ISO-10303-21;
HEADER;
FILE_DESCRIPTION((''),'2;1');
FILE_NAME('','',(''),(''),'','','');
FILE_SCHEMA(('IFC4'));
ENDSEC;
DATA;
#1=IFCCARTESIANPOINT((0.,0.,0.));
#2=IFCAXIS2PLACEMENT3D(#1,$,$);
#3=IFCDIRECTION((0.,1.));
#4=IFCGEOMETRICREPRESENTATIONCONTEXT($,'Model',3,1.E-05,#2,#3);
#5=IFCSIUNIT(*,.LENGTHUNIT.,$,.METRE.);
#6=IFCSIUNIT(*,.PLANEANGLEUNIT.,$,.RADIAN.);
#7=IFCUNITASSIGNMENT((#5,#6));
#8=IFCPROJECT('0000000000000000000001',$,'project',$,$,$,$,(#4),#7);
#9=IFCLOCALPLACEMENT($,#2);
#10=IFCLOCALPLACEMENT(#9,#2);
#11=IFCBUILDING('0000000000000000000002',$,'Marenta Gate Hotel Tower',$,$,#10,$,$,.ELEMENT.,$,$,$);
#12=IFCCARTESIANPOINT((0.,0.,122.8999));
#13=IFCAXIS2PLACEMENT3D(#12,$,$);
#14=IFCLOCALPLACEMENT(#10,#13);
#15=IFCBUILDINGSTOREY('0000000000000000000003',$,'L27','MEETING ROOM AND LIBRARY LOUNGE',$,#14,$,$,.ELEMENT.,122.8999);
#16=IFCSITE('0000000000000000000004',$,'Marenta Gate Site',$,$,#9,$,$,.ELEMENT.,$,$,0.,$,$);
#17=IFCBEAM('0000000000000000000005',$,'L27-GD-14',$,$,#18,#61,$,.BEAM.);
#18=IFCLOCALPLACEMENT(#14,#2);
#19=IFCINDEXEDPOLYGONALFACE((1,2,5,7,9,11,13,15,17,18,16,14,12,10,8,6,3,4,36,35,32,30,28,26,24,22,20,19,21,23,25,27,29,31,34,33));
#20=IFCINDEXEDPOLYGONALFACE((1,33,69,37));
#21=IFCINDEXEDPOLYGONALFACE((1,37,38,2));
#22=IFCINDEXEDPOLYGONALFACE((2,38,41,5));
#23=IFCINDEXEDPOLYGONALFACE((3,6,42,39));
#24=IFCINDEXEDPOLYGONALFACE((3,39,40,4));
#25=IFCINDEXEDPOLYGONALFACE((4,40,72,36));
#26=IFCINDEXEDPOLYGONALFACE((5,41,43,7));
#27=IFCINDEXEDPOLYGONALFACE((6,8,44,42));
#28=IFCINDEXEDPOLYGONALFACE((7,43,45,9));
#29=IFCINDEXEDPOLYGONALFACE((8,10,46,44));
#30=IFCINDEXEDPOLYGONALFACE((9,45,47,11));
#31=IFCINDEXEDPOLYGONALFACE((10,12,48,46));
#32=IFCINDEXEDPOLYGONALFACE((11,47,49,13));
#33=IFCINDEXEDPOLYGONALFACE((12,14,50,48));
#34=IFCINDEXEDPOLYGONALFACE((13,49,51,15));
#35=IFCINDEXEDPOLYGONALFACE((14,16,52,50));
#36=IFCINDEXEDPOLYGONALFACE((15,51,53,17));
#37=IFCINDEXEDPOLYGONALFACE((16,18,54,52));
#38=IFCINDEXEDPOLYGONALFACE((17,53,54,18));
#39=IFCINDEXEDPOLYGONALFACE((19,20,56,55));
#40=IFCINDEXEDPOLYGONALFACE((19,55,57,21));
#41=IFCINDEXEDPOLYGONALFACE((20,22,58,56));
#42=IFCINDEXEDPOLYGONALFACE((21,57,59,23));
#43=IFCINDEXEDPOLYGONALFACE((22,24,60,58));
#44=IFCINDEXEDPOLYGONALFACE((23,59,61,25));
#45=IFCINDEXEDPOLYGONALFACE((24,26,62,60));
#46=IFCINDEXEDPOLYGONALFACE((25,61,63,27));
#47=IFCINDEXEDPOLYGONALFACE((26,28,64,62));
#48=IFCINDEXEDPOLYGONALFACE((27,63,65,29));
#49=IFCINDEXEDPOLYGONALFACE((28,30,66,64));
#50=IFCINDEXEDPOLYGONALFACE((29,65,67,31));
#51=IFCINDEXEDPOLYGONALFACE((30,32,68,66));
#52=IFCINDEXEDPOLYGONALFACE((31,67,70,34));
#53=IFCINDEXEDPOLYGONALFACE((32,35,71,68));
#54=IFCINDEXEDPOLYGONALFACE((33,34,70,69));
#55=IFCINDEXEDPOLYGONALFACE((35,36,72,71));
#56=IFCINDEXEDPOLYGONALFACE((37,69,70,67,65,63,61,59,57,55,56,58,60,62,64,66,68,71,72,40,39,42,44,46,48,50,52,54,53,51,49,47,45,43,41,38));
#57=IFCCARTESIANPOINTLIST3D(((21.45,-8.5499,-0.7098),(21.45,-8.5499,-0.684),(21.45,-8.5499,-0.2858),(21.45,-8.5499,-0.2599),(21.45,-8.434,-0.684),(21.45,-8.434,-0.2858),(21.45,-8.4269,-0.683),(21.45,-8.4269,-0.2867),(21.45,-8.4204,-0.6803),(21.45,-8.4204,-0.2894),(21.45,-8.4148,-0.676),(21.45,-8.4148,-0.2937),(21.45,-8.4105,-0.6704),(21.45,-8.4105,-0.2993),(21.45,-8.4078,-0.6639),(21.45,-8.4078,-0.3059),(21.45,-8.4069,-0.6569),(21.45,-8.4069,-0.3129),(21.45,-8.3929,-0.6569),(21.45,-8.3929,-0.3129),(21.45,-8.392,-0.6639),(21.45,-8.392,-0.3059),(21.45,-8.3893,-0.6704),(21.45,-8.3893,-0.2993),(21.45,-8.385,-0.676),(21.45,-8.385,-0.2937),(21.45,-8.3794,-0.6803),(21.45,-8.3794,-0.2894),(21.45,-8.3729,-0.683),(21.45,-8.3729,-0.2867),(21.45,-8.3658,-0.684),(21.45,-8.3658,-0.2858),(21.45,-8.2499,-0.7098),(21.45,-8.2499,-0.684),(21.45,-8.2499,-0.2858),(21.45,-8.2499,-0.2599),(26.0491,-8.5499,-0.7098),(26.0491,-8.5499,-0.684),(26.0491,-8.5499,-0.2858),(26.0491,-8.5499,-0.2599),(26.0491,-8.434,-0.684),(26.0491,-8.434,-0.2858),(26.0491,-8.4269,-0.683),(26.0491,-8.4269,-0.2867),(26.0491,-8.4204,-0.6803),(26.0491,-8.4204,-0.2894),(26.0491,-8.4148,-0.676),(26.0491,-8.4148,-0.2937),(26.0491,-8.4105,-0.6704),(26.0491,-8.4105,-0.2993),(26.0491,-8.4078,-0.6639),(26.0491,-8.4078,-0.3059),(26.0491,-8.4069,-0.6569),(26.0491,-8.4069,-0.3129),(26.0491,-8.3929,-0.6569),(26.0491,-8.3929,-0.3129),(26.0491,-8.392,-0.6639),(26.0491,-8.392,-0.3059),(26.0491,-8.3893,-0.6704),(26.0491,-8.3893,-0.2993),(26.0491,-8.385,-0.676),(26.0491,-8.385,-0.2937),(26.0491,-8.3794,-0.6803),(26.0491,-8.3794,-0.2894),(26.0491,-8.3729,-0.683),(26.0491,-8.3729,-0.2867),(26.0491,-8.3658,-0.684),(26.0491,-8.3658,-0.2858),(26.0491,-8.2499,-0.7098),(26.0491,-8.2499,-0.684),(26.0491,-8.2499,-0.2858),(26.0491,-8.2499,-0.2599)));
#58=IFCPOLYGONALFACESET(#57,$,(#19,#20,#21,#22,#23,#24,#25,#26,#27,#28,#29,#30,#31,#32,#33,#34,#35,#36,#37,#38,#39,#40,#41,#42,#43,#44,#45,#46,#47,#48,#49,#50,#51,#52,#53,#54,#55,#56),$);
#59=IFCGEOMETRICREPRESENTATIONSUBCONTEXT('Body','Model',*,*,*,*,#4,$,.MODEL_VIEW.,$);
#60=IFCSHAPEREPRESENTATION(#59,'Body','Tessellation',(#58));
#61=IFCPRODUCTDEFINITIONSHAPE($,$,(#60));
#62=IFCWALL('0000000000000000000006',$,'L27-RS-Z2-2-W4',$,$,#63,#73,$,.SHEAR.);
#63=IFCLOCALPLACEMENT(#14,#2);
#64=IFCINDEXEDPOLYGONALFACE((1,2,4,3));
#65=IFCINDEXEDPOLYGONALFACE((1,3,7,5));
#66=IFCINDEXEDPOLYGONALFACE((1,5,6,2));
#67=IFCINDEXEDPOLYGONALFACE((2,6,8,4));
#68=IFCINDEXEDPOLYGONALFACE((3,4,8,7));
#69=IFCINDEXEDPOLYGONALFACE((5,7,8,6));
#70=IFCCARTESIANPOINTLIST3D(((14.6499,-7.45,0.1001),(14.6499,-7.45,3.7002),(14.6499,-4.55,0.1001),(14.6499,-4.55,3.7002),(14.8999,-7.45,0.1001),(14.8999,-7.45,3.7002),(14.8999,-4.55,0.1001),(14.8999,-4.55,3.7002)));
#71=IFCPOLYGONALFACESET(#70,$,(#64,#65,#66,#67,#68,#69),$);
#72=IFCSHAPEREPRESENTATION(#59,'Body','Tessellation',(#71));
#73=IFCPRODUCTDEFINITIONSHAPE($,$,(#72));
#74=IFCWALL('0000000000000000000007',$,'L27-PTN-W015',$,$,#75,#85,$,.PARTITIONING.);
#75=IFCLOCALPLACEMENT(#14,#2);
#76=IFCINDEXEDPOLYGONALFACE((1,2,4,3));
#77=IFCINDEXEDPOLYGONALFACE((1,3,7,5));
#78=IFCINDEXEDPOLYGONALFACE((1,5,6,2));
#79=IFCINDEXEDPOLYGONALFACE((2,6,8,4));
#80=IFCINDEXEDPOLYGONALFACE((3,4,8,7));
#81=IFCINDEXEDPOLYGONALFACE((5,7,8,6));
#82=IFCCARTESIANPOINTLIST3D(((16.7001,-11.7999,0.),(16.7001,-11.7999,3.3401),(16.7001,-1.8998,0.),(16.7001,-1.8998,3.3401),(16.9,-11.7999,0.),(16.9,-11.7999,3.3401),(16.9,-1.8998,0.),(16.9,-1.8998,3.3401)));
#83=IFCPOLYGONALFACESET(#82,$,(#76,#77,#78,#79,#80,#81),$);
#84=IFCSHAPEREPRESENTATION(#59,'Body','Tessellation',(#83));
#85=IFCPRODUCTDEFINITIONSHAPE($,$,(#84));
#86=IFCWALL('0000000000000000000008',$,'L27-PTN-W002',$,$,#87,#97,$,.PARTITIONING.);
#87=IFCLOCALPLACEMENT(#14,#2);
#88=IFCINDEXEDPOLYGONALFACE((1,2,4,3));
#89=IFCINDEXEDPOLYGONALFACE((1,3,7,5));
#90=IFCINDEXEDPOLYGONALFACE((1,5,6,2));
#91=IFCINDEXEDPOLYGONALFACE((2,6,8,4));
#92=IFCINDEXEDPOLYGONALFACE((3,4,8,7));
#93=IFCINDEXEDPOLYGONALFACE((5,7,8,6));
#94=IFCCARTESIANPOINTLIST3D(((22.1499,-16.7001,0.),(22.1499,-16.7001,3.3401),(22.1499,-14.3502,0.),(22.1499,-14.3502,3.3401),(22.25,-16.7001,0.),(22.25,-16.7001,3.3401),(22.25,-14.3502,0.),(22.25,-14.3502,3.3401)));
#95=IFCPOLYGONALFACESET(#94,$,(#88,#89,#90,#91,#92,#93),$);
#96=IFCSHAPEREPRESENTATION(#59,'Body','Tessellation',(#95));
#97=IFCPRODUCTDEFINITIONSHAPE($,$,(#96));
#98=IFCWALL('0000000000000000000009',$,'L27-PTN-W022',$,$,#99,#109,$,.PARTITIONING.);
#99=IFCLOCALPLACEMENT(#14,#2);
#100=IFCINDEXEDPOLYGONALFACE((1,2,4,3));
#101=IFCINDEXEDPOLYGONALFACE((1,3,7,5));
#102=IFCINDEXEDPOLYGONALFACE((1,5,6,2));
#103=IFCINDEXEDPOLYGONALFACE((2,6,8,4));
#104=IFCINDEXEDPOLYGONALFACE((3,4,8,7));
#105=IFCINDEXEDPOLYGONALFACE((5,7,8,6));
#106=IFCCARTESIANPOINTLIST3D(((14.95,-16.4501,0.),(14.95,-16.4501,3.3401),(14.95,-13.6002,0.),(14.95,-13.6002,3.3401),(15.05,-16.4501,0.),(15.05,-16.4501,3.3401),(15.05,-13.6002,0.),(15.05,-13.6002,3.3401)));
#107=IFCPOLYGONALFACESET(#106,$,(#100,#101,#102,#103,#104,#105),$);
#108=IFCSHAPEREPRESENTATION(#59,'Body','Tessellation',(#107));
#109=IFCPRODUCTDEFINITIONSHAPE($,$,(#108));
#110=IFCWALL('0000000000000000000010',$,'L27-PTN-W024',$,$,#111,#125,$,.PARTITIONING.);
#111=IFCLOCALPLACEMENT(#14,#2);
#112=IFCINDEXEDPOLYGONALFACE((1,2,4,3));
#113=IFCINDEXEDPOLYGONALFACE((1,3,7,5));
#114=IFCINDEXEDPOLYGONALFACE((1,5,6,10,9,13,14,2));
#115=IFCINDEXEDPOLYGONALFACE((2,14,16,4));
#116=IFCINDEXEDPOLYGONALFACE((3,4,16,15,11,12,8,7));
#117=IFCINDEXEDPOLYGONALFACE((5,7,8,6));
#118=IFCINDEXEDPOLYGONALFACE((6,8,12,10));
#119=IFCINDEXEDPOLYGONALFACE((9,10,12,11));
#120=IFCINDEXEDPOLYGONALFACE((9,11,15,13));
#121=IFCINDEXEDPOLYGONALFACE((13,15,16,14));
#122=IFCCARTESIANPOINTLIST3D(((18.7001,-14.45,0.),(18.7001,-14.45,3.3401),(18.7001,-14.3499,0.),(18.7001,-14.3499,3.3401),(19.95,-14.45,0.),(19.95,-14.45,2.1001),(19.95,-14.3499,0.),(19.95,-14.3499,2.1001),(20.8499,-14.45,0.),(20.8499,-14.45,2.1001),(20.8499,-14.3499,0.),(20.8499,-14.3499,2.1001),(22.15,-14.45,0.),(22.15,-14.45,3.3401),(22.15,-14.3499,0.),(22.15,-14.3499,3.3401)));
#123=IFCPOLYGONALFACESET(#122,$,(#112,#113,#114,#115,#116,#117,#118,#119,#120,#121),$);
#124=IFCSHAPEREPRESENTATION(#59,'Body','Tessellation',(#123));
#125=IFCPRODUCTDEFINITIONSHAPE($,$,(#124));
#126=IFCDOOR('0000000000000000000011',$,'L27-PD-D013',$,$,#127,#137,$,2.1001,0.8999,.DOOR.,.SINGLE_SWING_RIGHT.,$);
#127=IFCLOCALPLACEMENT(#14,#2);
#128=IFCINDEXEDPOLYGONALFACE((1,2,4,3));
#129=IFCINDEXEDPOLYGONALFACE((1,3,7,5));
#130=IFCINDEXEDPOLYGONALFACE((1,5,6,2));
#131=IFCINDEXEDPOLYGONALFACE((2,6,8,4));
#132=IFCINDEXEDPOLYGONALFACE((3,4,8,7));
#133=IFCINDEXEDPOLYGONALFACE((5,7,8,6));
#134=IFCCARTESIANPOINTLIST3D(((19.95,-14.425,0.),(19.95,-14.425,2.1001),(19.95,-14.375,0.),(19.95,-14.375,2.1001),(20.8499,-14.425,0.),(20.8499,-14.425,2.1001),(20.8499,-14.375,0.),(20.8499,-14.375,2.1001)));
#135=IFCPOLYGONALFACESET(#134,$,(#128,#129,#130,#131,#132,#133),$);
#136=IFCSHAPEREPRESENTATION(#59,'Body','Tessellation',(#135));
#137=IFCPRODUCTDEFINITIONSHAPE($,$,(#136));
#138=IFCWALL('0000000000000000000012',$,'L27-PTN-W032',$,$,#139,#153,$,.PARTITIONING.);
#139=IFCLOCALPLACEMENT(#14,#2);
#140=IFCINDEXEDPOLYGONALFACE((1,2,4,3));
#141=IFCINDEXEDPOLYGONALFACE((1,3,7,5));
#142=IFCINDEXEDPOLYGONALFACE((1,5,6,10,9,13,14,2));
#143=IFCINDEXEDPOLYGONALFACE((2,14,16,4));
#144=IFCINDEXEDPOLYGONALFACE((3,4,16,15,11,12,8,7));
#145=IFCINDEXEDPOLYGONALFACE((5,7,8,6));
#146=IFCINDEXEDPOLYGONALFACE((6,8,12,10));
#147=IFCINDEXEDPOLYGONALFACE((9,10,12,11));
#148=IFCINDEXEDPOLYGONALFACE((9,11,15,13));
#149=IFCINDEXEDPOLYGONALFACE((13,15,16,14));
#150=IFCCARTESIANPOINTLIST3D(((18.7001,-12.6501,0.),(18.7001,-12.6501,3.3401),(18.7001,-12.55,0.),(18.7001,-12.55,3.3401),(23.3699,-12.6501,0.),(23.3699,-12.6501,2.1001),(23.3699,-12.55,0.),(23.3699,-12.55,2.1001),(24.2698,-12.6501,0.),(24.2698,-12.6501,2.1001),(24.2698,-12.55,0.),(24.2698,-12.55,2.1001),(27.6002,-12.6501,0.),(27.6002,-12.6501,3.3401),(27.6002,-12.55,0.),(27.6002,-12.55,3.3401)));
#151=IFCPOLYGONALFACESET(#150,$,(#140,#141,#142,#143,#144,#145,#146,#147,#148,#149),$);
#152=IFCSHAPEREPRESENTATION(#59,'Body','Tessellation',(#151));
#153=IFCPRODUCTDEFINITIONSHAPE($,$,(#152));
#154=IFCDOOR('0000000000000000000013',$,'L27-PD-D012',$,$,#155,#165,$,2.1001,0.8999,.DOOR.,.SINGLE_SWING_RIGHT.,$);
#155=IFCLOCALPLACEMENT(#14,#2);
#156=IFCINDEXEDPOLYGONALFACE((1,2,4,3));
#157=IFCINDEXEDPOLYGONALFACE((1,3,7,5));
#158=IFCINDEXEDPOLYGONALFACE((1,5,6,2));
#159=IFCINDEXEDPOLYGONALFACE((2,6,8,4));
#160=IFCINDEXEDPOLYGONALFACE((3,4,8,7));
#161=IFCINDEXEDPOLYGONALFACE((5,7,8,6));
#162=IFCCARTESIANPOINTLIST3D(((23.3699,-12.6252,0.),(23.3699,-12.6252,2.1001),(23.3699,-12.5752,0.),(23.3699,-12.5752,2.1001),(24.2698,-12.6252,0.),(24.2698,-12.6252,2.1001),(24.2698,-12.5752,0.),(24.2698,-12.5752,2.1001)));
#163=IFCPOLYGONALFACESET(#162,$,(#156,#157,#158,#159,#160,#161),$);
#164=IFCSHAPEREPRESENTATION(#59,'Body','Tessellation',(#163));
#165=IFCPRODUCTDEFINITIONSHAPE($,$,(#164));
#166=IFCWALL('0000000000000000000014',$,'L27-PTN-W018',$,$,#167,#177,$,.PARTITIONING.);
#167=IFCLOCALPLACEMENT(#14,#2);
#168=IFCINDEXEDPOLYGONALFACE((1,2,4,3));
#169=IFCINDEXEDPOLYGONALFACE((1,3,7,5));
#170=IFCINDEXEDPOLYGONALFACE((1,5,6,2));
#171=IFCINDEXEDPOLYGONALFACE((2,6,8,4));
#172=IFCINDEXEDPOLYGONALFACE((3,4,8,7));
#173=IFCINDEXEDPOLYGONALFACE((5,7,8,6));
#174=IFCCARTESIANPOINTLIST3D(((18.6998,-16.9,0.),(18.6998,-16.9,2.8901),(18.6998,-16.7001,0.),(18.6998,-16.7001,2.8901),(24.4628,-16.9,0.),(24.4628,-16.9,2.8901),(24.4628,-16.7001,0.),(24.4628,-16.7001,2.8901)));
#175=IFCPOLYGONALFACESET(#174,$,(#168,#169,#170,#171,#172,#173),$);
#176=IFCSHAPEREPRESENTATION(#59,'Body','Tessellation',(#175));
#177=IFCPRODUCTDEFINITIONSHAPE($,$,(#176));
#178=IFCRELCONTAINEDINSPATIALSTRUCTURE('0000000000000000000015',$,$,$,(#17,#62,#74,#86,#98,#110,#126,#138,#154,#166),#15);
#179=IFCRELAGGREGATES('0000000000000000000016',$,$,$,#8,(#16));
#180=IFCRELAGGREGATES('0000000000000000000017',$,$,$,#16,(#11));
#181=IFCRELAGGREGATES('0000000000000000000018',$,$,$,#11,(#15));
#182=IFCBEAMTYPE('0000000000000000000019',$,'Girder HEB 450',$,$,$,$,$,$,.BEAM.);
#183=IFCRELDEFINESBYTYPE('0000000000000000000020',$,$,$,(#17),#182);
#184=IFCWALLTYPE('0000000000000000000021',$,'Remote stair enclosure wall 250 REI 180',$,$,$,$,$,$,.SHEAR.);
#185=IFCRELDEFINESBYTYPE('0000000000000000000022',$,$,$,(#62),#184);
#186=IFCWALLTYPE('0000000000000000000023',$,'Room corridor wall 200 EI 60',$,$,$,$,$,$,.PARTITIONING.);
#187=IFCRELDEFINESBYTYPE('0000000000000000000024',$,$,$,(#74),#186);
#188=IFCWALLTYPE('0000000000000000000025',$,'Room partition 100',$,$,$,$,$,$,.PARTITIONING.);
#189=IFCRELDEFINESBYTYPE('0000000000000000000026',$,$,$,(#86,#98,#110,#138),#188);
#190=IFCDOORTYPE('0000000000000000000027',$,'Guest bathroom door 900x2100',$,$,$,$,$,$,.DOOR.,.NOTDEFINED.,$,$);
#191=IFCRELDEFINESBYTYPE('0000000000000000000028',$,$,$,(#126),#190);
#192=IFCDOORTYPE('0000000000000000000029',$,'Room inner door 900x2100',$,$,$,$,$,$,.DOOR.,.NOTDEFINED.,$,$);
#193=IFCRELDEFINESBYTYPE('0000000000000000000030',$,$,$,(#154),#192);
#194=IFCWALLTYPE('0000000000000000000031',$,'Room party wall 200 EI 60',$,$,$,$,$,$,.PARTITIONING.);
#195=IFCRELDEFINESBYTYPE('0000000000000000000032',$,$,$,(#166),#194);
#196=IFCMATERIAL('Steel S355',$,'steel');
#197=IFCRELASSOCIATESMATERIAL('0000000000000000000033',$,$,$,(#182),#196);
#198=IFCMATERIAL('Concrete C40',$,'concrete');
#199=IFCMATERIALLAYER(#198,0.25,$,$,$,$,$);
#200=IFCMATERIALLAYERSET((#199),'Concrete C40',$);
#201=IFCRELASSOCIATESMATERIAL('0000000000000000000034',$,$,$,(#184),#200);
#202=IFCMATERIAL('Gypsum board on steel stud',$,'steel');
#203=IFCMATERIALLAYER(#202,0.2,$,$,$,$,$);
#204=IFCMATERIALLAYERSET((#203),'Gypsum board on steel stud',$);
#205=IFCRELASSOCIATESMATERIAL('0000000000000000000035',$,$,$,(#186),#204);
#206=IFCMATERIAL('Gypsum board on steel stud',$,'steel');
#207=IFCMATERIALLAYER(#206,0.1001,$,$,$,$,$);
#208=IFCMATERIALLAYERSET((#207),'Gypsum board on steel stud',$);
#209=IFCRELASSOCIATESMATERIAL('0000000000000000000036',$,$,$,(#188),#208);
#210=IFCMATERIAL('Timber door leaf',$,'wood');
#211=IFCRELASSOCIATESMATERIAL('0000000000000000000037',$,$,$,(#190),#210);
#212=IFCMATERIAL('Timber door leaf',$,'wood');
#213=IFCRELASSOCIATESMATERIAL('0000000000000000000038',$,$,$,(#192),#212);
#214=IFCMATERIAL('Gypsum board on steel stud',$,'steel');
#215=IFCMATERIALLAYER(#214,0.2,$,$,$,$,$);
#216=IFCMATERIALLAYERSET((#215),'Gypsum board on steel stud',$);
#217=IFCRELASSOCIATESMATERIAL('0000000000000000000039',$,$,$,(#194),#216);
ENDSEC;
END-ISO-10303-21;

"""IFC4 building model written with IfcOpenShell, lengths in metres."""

from ifc_helpers import new_model, si_unit, direction, frame, frame_2d, origin, origin_2d, place, context, subcontext, project, spatial, rectangle, i_section, extrude, material, layer, layer_set, material_profile, profile_set, type_object, element, fill, save


model = new_model("IFC4")

# Units and contexts
model_context = context("Model", 3, precision=1e-05, world=origin(), true_north=direction((0.0, 1.0)))
body_context = subcontext(model_context, "Body", "Model", "MODEL_VIEW")
ifc_project = project(units=[si_unit("LENGTHUNIT", "METRE"), si_unit("PLANEANGLEUNIT", "RADIAN")], contexts=[model_context])

# Site, building, storey
site_placement = place(None, origin())
site = spatial("IfcSite", under=ifc_project, at=site_placement, Name="Marenta Gate Site", CompositionType="ELEMENT", RefElevation=0.0)
building_placement = place(site_placement, origin())
building = spatial("IfcBuilding", under=site, at=building_placement, Name="Marenta Gate Hotel Tower", CompositionType="ELEMENT")
storey_placement = place(building_placement, frame((0.0, 0.0, 122.8999)))
storey = spatial("IfcBuildingStorey", under=building, at=storey_placement, Name="L27", Description="MEETING ROOM AND LIBRARY LOUNGE", CompositionType="ELEMENT", Elevation=122.8999)

# Beam
ifc_material_1 = material(Name="Steel S355", Category="steel")
ifc_material_profile_1 = material_profile(ifc_material_1, i_section(OverallWidth=0.3, OverallDepth=0.45, WebThickness=0.0139, FlangeThickness=0.0259, FilletRadius=0.0271, at=origin_2d()), Name="HEB 450")
ifc_profile_set_1 = profile_set([ifc_material_profile_1], Name="Steel S355")
beam_type_1 = type_object("IfcBeamType", Name="Girder HEB 450", PredefinedType="BEAM", material=ifc_profile_set_1)
beam_1_placement = place(storey_placement, frame((21.45, -8.3999, -0.4849), z_axis=(1.0, 0.0, 0.0), x_axis=(0.0, 1.0, 0.0)))
element("IfcBeam", 1, at=beam_1_placement, inside=storey, type_object=beam_type_1, Name="L27-GD-14", PredefinedType="BEAM", context=body_context, shape_type="SweptSolid", body=[
    extrude(i_section(OverallWidth=0.3, OverallDepth=0.45, WebThickness=0.0139, FlangeThickness=0.0259, FilletRadius=0.0271, at=origin_2d()), origin(), (0.0, 0.0, 1.0), 4.5991),
])

# Walls
ifc_material_2 = material(Name="Concrete C40", Category="concrete")
ifc_layer_1 = layer(ifc_material_2, 0.25)
ifc_layer_set_1 = layer_set([ifc_layer_1], Name="Concrete C40")
wall_type_1 = type_object("IfcWallType", Name="Remote stair enclosure wall 250 REI 180", PredefinedType="SHEAR", material=ifc_layer_set_1)
wall_1_placement = place(storey_placement, frame((14.7749, -7.45, 0.1001), z_axis=(0.0, 0.0, 1.0), x_axis=(0.0, 1.0, 0.0)))
element("IfcWall", 2, at=wall_1_placement, inside=storey, type_object=wall_type_1, Name="L27-RS-Z2-2-W4", PredefinedType="SHEAR", context=body_context, shape_type="SweptSolid", body=[
    extrude(rectangle(XDim=2.8999, YDim=0.25, at=frame_2d((1.45, 0.0))), origin(), (0.0, 0.0, 1.0), 3.6001),
])
ifc_material_3 = material(Name="Gypsum board on steel stud", Category="steel")
ifc_layer_2 = layer(ifc_material_3, 0.2)
ifc_layer_set_2 = layer_set([ifc_layer_2], Name="Gypsum board on steel stud")
wall_type_2 = type_object("IfcWallType", Name="Room corridor wall 200 EI 60", PredefinedType="PARTITIONING", material=ifc_layer_set_2)
wall_2_placement = place(storey_placement, frame((16.8, -11.8, 0.0), z_axis=(0.0, 0.0, 1.0), x_axis=(0.0, 1.0, 0.0)))
element("IfcWall", 3, at=wall_2_placement, inside=storey, type_object=wall_type_2, Name="L27-PTN-W015", PredefinedType="PARTITIONING", context=body_context, shape_type="SweptSolid", body=[
    extrude(rectangle(XDim=9.9001, YDim=0.2, at=frame_2d((4.9502, 0.0))), origin(), (0.0, 0.0, 1.0), 3.3401),
])
ifc_material_4 = material(Name="Gypsum board on steel stud", Category="steel")
ifc_layer_3 = layer(ifc_material_4, 0.1001)
ifc_layer_set_3 = layer_set([ifc_layer_3], Name="Gypsum board on steel stud")
wall_type_3 = type_object("IfcWallType", Name="Room partition 100", PredefinedType="PARTITIONING", material=ifc_layer_set_3)
wall_3_placement = place(storey_placement, frame((22.2, -16.7, 0.0), z_axis=(0.0, 0.0, 1.0), x_axis=(0.0, 1.0, 0.0)))
element("IfcWall", 4, at=wall_3_placement, inside=storey, type_object=wall_type_3, Name="L27-PTN-W002", PredefinedType="PARTITIONING", context=body_context, shape_type="SweptSolid", body=[
    extrude(rectangle(XDim=2.3499, YDim=0.1001, at=frame_2d((1.1748, 0.0))), origin(), (0.0, 0.0, 1.0), 3.3401),
])
wall_4_placement = place(storey_placement, frame((15.0, -16.45, 0.0), z_axis=(0.0, 0.0, 1.0), x_axis=(0.0, 1.0, 0.0)))
element("IfcWall", 5, at=wall_4_placement, inside=storey, type_object=wall_type_3, Name="L27-PTN-W022", PredefinedType="PARTITIONING", context=body_context, shape_type="SweptSolid", body=[
    extrude(rectangle(XDim=2.8499, YDim=0.1001, at=frame_2d((1.4248, 0.0))), origin(), (0.0, 0.0, 1.0), 3.3401),
])

# Walls, openings, doors
wall_5_placement = place(storey_placement, frame((18.7, -14.3999, 0.0), z_axis=(0.0, 0.0, 1.0), x_axis=(1.0, 0.0, 0.0)))
wall_5 = element("IfcWall", 6, at=wall_5_placement, inside=storey, type_object=wall_type_3, Name="L27-PTN-W024", PredefinedType="PARTITIONING", context=body_context, shape_type="SweptSolid", body=[
    extrude(rectangle(XDim=3.45, YDim=0.1001, at=frame_2d((1.7251, 0.0))), origin(), (0.0, 0.0, 1.0), 3.3401),
])
opening_1_placement = place(wall_5_placement, frame((1.25, 0.0, 0.0)))
opening_1 = element("IfcOpeningElement", 7, at=opening_1_placement, cuts=wall_5, PredefinedType="OPENING", context=body_context, shape_type="SweptSolid", body=[
    extrude(rectangle(XDim=0.8999, YDim=2.1001, at=frame_2d((0.45, 1.05))), frame((0.0, 0.05, 0.0), z_axis=(0.0, -1.0, 0.0), x_axis=(1.0, 0.0, 0.0)), (0.0, 0.0, 1.0), 0.1001),
])
ifc_material_5 = material(Name="Timber door leaf", Category="wood")
door_type_1 = type_object("IfcDoorType", Name="Guest bathroom door 900x2100", OperationType="NOTDEFINED", PredefinedType="DOOR", material=ifc_material_5)
door_1_placement = place(opening_1_placement, origin())
door_1 = element("IfcDoor", 8, at=door_1_placement, inside=storey, type_object=door_type_1, Name="L27-PD-D013", OperationType="SINGLE_SWING_RIGHT", OverallHeight=2.1001, OverallWidth=0.8999, PredefinedType="DOOR", context=body_context, shape_type="SweptSolid", body=[
    extrude(rectangle(XDim=0.8999, YDim=2.1001, at=frame_2d((0.45, 1.05))), frame((0.0, 0.0249, 0.0), z_axis=(0.0, -1.0, 0.0), x_axis=(1.0, 0.0, 0.0)), (0.0, 0.0, 1.0), 0.05),
])
fill(opening_1, door_1)
wall_6_placement = place(storey_placement, frame((18.7, -12.6001, 0.0), z_axis=(0.0, 0.0, 1.0), x_axis=(1.0, 0.0, 0.0)))
wall_6 = element("IfcWall", 9, at=wall_6_placement, inside=storey, type_object=wall_type_3, Name="L27-PTN-W032", PredefinedType="PARTITIONING", context=body_context, shape_type="SweptSolid", body=[
    extrude(rectangle(XDim=8.9001, YDim=0.1001, at=frame_2d((4.4502, 0.0))), origin(), (0.0, 0.0, 1.0), 3.3401),
])
opening_2_placement = place(wall_6_placement, frame((4.6699, 0.0, 0.0)))
opening_2 = element("IfcOpeningElement", 10, at=opening_2_placement, cuts=wall_6, PredefinedType="OPENING", context=body_context, shape_type="SweptSolid", body=[
    extrude(rectangle(XDim=0.8999, YDim=2.1001, at=frame_2d((0.45, 1.05))), frame((0.0, 0.05, 0.0), z_axis=(0.0, -1.0, 0.0), x_axis=(1.0, 0.0, 0.0)), (0.0, 0.0, 1.0), 0.1001),
])
ifc_material_6 = material(Name="Timber door leaf", Category="wood")
door_type_2 = type_object("IfcDoorType", Name="Room inner door 900x2100", OperationType="NOTDEFINED", PredefinedType="DOOR", material=ifc_material_6)
door_2_placement = place(opening_2_placement, origin())
door_2 = element("IfcDoor", 11, at=door_2_placement, inside=storey, type_object=door_type_2, Name="L27-PD-D012", OperationType="SINGLE_SWING_RIGHT", OverallHeight=2.1001, OverallWidth=0.8999, PredefinedType="DOOR", context=body_context, shape_type="SweptSolid", body=[
    extrude(rectangle(XDim=0.8999, YDim=2.1001, at=frame_2d((0.45, 1.05))), frame((0.0, 0.0249, 0.0), z_axis=(0.0, -1.0, 0.0), x_axis=(1.0, 0.0, 0.0)), (0.0, 0.0, 1.0), 0.05),
])
fill(opening_2, door_2)

# Wall
ifc_material_7 = material(Name="Gypsum board on steel stud", Category="steel")
ifc_layer_4 = layer(ifc_material_7, 0.2)
ifc_layer_set_4 = layer_set([ifc_layer_4], Name="Gypsum board on steel stud")
wall_type_4 = type_object("IfcWallType", Name="Room party wall 200 EI 60", PredefinedType="PARTITIONING", material=ifc_layer_set_4)
wall_7_placement = place(storey_placement, frame((18.7, -16.8, 0.0), z_axis=(0.0, 0.0, 1.0), x_axis=(1.0, 0.0, 0.0)))
element("IfcWall", 12, at=wall_7_placement, inside=storey, type_object=wall_type_4, Name="L27-PTN-W018", PredefinedType="PARTITIONING", context=body_context, shape_type="SweptSolid", body=[
    extrude(rectangle(XDim=5.7629, YDim=0.2, at=frame_2d((2.8813, 0.0))), origin(), (0.0, 0.0, 1.0), 2.8901),
])

save(model, "model.ifc")
